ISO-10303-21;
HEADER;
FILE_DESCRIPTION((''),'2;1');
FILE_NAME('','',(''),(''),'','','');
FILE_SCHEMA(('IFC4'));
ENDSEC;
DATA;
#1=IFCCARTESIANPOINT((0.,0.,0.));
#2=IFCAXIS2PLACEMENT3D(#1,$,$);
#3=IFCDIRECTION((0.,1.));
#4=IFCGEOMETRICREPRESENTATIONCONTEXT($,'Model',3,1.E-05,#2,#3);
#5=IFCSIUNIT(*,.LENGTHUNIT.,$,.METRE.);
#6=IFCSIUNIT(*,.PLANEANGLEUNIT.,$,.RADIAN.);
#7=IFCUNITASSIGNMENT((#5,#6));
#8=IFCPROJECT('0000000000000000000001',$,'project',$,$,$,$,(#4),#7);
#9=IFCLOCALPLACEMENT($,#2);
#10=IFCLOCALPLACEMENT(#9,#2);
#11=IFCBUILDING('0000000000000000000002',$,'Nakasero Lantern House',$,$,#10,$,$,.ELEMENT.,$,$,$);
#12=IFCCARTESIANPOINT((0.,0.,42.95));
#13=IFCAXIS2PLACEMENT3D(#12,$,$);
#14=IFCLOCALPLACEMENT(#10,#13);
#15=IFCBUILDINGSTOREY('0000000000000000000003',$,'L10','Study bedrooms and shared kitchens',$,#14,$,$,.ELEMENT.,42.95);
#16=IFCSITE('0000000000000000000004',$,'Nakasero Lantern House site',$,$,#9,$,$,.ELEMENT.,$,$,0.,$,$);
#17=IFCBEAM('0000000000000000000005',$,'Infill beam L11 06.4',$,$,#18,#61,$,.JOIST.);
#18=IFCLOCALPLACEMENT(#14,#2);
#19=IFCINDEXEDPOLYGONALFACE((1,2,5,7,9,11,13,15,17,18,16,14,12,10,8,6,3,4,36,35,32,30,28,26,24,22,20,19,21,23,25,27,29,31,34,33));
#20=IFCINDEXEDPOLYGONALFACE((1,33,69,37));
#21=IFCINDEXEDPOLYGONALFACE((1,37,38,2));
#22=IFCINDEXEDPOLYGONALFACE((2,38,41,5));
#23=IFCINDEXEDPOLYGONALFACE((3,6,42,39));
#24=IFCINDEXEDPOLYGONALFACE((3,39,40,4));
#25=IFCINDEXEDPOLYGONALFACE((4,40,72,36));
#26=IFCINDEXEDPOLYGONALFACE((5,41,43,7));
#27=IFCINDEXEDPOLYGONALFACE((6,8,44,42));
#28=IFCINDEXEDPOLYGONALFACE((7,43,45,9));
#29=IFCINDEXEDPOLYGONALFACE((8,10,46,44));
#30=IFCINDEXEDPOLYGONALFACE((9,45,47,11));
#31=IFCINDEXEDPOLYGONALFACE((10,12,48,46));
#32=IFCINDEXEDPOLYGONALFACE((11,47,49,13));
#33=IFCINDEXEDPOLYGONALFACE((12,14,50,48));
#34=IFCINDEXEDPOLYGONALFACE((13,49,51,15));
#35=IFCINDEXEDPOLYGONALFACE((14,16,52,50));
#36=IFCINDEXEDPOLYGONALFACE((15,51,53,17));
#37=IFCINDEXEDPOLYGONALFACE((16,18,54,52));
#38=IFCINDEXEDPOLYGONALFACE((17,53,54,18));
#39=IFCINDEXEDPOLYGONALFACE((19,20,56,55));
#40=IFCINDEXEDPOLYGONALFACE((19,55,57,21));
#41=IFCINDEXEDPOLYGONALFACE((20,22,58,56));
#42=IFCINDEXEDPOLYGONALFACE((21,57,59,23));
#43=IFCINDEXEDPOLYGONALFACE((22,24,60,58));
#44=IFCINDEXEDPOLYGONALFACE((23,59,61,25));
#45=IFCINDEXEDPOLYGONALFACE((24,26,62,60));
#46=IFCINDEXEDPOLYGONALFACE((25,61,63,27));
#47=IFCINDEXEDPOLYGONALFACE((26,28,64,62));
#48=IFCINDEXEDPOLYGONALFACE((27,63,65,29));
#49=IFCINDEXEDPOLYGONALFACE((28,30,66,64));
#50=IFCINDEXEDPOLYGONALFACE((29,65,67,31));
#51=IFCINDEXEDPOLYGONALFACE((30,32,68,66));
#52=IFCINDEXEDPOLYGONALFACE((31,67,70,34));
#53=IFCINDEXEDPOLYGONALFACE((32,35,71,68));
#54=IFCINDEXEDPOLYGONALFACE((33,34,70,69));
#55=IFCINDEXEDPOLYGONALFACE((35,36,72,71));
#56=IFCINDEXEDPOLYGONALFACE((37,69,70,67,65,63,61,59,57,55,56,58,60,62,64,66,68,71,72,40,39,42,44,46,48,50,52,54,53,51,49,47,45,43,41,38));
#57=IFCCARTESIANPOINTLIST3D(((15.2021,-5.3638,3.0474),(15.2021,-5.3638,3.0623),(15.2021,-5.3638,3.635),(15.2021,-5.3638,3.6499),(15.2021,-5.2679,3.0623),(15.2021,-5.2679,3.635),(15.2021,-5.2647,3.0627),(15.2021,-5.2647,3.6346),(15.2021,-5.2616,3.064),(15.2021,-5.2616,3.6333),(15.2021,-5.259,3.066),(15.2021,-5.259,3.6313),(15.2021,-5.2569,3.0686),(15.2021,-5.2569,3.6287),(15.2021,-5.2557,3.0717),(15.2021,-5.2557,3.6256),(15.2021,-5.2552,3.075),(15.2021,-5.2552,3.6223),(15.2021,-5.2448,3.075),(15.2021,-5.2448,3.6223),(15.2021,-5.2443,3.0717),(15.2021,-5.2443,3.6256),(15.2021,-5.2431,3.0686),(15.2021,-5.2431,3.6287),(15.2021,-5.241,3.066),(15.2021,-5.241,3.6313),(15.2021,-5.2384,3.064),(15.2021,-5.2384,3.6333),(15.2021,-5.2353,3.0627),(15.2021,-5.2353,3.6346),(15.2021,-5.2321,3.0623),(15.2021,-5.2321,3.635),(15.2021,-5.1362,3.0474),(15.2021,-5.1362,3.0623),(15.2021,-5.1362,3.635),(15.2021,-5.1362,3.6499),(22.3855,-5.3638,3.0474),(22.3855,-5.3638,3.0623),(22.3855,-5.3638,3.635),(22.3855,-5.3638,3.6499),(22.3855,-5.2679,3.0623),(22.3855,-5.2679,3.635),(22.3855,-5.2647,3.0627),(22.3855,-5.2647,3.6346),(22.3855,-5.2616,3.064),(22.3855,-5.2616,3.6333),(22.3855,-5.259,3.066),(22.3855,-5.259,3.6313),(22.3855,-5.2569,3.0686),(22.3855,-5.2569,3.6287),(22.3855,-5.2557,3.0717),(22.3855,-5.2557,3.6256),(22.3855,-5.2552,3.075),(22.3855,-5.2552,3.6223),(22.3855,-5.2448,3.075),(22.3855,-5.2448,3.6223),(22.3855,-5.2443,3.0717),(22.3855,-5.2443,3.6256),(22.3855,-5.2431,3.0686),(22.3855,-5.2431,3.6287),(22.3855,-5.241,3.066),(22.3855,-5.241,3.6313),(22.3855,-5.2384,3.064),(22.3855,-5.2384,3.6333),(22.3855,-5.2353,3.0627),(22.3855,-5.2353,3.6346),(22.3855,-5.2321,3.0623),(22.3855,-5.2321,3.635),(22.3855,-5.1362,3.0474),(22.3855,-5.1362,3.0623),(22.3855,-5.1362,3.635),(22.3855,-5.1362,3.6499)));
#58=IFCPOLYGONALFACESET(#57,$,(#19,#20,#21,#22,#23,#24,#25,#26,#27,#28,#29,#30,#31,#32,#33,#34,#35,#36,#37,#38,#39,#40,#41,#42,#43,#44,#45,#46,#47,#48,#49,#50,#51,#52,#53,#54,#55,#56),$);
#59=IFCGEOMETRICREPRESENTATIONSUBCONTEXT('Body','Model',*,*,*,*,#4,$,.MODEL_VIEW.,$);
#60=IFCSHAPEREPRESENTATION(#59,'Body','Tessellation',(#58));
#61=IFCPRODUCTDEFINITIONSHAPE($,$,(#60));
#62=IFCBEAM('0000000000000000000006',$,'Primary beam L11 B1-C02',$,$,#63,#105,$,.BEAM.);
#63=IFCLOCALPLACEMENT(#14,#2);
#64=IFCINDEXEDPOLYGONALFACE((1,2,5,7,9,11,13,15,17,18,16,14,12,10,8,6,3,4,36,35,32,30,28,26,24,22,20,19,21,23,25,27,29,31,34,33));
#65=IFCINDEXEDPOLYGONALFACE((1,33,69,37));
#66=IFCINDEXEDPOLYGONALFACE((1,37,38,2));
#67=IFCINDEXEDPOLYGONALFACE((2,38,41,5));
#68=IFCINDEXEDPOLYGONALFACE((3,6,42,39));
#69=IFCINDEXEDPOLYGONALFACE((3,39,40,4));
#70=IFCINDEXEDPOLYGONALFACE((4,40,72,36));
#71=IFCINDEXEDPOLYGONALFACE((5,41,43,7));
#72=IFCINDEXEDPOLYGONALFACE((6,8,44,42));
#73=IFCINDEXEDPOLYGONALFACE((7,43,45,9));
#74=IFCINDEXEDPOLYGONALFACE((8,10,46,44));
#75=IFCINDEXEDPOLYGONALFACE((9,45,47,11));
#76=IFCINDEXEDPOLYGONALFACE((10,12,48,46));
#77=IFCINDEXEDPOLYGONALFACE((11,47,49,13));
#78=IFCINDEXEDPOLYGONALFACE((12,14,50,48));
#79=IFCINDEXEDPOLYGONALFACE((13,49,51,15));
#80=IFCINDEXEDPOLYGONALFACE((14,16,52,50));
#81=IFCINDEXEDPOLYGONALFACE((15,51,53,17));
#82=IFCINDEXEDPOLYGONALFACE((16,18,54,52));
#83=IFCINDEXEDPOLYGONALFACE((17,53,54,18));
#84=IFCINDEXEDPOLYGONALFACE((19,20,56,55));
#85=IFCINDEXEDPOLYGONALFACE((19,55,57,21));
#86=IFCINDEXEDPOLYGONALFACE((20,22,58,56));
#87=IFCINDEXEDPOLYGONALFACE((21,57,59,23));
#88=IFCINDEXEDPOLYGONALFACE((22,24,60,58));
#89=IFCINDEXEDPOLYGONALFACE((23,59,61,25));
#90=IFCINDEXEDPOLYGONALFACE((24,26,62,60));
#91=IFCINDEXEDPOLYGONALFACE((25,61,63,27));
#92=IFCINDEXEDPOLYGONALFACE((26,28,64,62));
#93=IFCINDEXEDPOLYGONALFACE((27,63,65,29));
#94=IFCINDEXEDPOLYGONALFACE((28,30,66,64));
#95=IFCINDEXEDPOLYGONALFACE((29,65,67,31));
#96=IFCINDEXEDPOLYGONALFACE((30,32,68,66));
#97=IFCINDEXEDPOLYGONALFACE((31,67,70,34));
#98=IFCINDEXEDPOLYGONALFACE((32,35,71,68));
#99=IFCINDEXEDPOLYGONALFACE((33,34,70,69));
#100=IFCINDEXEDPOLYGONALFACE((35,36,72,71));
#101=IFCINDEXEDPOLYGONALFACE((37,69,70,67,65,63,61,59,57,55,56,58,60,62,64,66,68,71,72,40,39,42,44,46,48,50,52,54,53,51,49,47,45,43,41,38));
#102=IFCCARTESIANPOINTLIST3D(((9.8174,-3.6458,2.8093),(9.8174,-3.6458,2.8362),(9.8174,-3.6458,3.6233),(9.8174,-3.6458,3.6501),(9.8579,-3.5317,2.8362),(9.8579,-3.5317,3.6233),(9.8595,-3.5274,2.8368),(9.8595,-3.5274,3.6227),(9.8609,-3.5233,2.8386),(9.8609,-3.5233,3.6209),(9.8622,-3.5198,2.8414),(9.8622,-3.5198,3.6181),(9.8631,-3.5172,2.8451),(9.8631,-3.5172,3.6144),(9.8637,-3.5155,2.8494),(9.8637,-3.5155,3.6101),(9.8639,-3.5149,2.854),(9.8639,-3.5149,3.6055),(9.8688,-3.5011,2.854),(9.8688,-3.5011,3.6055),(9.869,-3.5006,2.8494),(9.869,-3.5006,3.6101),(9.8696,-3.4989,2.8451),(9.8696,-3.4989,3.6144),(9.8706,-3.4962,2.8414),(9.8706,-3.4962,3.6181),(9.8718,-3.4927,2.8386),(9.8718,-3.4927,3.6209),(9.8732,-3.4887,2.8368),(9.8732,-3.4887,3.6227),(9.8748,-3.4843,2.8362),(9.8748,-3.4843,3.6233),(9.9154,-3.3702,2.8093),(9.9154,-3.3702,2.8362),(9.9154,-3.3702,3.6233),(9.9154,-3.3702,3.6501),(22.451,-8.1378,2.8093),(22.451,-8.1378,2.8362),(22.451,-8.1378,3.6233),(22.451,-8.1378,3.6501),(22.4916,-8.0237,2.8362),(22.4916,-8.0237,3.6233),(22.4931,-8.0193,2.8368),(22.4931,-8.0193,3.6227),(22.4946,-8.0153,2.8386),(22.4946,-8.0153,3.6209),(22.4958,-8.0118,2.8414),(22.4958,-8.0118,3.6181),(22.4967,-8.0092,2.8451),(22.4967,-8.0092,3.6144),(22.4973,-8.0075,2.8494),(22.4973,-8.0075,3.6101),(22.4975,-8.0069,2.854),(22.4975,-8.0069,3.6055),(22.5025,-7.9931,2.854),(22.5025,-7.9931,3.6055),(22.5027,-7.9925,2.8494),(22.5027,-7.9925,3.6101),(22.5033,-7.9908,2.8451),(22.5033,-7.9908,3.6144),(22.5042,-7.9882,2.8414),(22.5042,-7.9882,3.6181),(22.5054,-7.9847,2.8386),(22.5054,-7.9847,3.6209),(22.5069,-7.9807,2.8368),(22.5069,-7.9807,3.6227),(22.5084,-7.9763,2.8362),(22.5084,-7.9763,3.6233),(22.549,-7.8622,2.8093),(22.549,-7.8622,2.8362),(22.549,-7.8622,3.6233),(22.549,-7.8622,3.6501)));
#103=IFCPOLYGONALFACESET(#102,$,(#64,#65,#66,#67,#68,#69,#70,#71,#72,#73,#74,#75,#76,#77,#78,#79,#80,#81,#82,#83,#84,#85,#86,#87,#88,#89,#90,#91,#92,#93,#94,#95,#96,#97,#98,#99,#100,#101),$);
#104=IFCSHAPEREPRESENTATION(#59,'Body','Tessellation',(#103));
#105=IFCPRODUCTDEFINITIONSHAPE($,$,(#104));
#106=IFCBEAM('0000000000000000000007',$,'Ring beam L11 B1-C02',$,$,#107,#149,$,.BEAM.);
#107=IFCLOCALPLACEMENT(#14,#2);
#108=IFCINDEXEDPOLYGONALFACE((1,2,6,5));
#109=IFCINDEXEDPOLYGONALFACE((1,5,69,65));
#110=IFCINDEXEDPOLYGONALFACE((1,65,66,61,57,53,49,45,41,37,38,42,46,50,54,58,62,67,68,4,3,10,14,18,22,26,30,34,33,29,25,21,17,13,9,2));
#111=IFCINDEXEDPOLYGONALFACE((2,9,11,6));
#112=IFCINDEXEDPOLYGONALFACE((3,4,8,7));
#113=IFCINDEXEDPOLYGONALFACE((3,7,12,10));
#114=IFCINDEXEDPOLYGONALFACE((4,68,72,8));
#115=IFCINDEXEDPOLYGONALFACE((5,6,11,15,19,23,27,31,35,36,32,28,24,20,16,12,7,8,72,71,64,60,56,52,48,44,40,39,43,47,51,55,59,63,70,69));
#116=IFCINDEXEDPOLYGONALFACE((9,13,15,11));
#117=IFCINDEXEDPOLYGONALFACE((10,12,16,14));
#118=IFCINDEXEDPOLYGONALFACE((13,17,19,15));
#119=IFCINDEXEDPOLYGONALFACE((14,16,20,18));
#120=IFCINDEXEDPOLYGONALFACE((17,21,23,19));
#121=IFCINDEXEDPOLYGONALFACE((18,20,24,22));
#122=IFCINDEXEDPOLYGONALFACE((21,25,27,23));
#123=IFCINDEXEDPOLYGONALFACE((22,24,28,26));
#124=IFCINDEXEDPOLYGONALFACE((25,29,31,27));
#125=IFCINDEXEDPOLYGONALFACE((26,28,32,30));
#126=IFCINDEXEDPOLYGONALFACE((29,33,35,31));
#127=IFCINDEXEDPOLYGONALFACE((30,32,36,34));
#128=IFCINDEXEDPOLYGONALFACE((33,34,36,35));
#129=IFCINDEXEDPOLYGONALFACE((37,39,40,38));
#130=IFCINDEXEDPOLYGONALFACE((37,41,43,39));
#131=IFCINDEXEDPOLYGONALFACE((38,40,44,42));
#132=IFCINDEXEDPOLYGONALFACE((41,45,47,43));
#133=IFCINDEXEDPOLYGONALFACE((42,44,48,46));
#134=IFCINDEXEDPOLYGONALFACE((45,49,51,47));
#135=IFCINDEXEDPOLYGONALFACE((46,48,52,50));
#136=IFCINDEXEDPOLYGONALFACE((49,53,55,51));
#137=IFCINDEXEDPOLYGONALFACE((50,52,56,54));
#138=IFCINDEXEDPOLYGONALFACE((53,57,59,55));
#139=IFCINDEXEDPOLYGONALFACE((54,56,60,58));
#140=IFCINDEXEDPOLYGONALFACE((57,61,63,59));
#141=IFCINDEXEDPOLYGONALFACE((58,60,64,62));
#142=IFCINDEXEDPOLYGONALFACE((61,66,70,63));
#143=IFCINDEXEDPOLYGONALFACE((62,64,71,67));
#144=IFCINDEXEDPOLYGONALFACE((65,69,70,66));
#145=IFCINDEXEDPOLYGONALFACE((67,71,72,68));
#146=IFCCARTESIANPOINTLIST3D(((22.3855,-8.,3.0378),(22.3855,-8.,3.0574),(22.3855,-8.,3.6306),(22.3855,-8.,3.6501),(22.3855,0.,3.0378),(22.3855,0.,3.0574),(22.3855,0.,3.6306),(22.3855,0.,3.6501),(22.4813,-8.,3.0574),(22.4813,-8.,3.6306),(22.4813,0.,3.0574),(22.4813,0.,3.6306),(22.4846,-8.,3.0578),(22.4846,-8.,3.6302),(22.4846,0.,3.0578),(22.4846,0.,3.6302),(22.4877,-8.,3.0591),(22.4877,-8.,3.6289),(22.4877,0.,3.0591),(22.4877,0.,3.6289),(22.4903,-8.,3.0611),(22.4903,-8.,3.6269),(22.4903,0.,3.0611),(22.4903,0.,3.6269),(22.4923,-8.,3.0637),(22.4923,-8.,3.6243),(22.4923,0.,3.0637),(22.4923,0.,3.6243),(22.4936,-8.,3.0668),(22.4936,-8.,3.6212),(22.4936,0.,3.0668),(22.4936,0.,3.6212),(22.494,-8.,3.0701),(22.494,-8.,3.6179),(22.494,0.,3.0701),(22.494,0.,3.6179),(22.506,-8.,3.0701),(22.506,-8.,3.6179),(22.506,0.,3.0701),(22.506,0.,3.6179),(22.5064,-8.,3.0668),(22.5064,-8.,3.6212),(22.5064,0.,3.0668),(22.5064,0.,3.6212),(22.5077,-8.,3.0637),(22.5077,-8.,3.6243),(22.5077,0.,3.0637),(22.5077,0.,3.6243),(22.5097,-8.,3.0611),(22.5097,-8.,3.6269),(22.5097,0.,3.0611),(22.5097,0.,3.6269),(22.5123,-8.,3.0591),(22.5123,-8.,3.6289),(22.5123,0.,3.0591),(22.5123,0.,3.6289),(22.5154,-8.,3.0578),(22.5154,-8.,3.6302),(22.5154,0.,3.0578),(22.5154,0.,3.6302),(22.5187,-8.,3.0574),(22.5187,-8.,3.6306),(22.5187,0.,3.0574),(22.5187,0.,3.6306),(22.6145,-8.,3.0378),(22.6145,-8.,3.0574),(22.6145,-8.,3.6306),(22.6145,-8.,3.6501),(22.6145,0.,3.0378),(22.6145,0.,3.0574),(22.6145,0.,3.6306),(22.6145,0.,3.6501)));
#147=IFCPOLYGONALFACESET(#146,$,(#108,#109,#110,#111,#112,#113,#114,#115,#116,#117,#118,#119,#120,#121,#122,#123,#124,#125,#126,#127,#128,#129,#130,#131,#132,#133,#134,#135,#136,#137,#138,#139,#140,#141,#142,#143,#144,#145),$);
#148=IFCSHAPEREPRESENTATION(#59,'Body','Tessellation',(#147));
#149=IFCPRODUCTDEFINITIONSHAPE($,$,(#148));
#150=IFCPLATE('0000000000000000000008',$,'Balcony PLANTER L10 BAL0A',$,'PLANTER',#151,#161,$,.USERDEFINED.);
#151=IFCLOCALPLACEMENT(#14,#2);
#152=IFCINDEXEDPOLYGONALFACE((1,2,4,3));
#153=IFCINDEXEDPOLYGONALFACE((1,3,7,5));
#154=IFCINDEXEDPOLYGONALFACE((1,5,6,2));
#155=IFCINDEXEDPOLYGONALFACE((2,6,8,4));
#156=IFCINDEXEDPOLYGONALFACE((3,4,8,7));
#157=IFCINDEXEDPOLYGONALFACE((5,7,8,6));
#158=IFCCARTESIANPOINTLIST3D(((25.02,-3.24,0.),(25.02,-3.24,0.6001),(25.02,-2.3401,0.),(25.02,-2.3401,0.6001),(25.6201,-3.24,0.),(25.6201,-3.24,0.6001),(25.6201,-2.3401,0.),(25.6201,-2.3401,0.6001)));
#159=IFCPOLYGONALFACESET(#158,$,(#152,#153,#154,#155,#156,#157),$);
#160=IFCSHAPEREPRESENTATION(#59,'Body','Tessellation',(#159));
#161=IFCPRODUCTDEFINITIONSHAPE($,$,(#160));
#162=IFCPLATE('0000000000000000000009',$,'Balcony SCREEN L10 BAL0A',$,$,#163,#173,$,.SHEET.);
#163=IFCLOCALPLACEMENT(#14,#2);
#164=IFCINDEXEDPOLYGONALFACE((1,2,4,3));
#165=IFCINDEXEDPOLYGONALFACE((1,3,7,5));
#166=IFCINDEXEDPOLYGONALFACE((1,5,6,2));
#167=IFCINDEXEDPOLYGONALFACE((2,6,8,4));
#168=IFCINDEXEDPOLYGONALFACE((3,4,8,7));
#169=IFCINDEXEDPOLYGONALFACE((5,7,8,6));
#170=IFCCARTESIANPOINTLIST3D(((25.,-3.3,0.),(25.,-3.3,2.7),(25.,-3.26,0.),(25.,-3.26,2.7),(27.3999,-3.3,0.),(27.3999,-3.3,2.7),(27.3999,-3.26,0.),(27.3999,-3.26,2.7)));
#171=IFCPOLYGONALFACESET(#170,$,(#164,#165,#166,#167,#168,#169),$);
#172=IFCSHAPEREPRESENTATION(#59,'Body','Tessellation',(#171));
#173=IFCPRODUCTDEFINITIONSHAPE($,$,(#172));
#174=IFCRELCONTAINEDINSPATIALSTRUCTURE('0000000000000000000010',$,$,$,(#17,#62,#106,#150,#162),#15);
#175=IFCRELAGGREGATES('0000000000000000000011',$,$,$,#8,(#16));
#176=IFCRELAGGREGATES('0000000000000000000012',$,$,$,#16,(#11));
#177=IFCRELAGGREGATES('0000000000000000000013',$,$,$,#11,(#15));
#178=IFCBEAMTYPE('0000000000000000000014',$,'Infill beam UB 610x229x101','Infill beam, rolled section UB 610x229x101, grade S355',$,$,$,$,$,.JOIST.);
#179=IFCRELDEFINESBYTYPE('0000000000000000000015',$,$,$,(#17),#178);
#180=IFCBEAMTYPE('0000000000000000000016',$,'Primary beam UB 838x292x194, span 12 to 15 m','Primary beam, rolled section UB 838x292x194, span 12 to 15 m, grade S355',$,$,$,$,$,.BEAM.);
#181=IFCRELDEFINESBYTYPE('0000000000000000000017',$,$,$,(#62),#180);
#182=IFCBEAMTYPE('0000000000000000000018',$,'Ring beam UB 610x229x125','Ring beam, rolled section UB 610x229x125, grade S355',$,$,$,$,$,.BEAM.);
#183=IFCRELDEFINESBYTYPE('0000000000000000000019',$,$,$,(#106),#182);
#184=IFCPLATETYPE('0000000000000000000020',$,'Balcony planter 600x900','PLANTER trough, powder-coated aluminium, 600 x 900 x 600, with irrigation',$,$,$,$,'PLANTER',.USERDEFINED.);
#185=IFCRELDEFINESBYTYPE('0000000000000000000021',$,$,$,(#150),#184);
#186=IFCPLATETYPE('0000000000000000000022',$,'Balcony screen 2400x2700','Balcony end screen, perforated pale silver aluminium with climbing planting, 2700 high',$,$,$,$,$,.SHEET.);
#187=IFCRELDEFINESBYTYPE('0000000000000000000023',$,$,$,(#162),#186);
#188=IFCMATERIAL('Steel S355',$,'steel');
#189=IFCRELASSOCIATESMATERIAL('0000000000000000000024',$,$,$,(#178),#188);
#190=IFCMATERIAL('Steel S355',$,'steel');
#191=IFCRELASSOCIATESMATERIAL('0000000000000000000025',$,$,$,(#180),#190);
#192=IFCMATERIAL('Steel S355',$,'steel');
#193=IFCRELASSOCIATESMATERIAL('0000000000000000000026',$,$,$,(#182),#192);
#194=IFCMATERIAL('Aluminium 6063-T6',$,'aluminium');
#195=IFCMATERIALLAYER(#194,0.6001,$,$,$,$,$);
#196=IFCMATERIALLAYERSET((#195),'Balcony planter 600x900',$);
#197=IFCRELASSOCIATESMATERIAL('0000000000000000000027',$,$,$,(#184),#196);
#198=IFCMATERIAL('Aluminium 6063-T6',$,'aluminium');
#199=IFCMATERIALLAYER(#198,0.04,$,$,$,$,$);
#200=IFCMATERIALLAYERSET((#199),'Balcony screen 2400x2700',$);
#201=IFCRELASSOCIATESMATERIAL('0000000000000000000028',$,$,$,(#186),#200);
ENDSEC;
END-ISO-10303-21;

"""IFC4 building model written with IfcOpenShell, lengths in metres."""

from ifc_helpers import new_model, si_unit, direction, frame, origin, origin_2d, place, context, subcontext, project, spatial, rectangle, i_section, extrude, material, layer, layer_set, material_profile, profile_set, type_object, element, save


model = new_model("IFC4")

# Units and contexts
model_context = context("Model", 3, precision=1e-05, world=origin(), true_north=direction((0.0, 1.0)))
body_context = subcontext(model_context, "Body", "Model", "MODEL_VIEW")
ifc_project = project(units=[si_unit("LENGTHUNIT", "METRE"), si_unit("PLANEANGLEUNIT", "RADIAN")], contexts=[model_context])

# Site, building, storey
site_placement = place(None, origin())
site = spatial("IfcSite", under=ifc_project, at=site_placement, Name="Nakasero Lantern House site", CompositionType="ELEMENT", RefElevation=0.0)
building_placement = place(site_placement, origin())
building = spatial("IfcBuilding", under=site, at=building_placement, Name="Nakasero Lantern House", CompositionType="ELEMENT")
storey_placement = place(building_placement, frame((0.0, 0.0, 42.95)))
storey = spatial("IfcBuildingStorey", under=building, at=storey_placement, Name="L10", Description="Study bedrooms and shared kitchens", CompositionType="ELEMENT", Elevation=42.95)

# Beams
ifc_material_1 = material(Name="Steel S355", Category="steel")
ifc_material_profile_1 = material_profile(ifc_material_1, i_section(OverallWidth=0.2275, OverallDepth=0.6025, WebThickness=0.0105, FlangeThickness=0.0149, FilletRadius=0.0127, at=origin_2d()), Name="UB 610x229x101")
ifc_profile_set_1 = profile_set([ifc_material_profile_1], Name="Steel S355")
beam_type_1 = type_object("IfcBeamType", Name="Infill beam UB 610x229x101", Description="Infill beam, rolled section UB 610x229x101, grade S355", PredefinedType="JOIST", material=ifc_profile_set_1)
beam_1_placement = place(storey_placement, frame((15.2021, -5.25, 3.3486), z_axis=(1.0, 0.0, 0.0), x_axis=(0.0, 1.0, 0.0)))
element("IfcBeam", 1, at=beam_1_placement, inside=storey, type_object=beam_type_1, Name="Infill beam L11 06.4", PredefinedType="JOIST", context=body_context, shape_type="SweptSolid", body=[
    extrude(i_section(OverallWidth=0.2275, OverallDepth=0.6025, WebThickness=0.0105, FlangeThickness=0.0149, FilletRadius=0.0127, at=origin_2d()), origin(), (0.0, 0.0, 1.0), 7.1833),
])
ifc_material_2 = material(Name="Steel S355", Category="steel")
ifc_material_profile_2 = material_profile(ifc_material_2, i_section(OverallWidth=0.2925, OverallDepth=0.8408, WebThickness=0.0146, FlangeThickness=0.0269, FilletRadius=0.0178, at=origin_2d()), Name="UB 838x292x194")
ifc_profile_set_2 = profile_set([ifc_material_profile_2], Name="Steel S355")
beam_type_2 = type_object("IfcBeamType", Name="Primary beam UB 838x292x194, span 12 to 15 m", Description="Primary beam, rolled section UB 838x292x194, span 12 to 15 m, grade S355", PredefinedType="BEAM", material=ifc_profile_set_2)
beam_2_placement = place(storey_placement, frame((22.5, -8.0, 3.2297), z_axis=(-0.942214, 0.335011, 0.0), x_axis=(-0.335011, -0.942214, 0.0)))
element("IfcBeam", 2, at=beam_2_placement, inside=storey, type_object=beam_type_2, Name="Primary beam L11 B1-C02", PredefinedType="BEAM", context=body_context, shape_type="SweptSolid", body=[
    extrude(i_section(OverallWidth=0.2925, OverallDepth=0.8408, WebThickness=0.0146, FlangeThickness=0.0269, FilletRadius=0.0178, at=origin_2d()), origin(), (0.0, 0.0, 1.0), 13.4084),
])
ifc_material_3 = material(Name="Steel S355", Category="steel")
ifc_material_profile_3 = material_profile(ifc_material_3, i_section(OverallWidth=0.229, OverallDepth=0.6123, WebThickness=0.012, FlangeThickness=0.0195, FilletRadius=0.0127, at=origin_2d()), Name="UB 610x229x125")
ifc_profile_set_3 = profile_set([ifc_material_profile_3], Name="Steel S355")
beam_type_3 = type_object("IfcBeamType", Name="Ring beam UB 610x229x125", Description="Ring beam, rolled section UB 610x229x125, grade S355", PredefinedType="BEAM", material=ifc_profile_set_3)
beam_3_placement = place(storey_placement, frame((22.5, -8.0, 3.344), z_axis=(0.0, 1.0, 0.0), x_axis=(-1.0, 0.0, 0.0)))
element("IfcBeam", 3, at=beam_3_placement, inside=storey, type_object=beam_type_3, Name="Ring beam L11 B1-C02", PredefinedType="BEAM", context=body_context, shape_type="SweptSolid", body=[
    extrude(i_section(OverallWidth=0.229, OverallDepth=0.6123, WebThickness=0.012, FlangeThickness=0.0195, FilletRadius=0.0127, at=origin_2d()), origin(), (0.0, 0.0, 1.0), 8.0),
])

# Plates
ifc_material_4 = material(Name="Aluminium 6063-T6", Category="aluminium")
ifc_layer_1 = layer(ifc_material_4, 0.6001)
ifc_layer_set_1 = layer_set([ifc_layer_1], Name="Balcony planter 600x900")
plate_type_1 = type_object("IfcPlateType", Name="Balcony planter 600x900", Description="PLANTER trough, powder-coated aluminium, 600 x 900 x 600, with irrigation", ElementType="PLANTER", PredefinedType="USERDEFINED", material=ifc_layer_set_1)
plate_1_placement = place(storey_placement, frame((25.3201, -2.79, 0.0), z_axis=(0.0, 0.0, 1.0), x_axis=(1.0, 0.0, 0.0)))
element("IfcPlate", 4, at=plate_1_placement, inside=storey, type_object=plate_type_1, Name="Balcony PLANTER L10 BAL0A", ObjectType="PLANTER", PredefinedType="USERDEFINED", context=body_context, shape_type="SweptSolid", body=[
    extrude(rectangle(XDim=0.6001, YDim=0.8999, at=origin_2d()), origin(), (0.0, 0.0, 1.0), 0.6001),
])
ifc_material_5 = material(Name="Aluminium 6063-T6", Category="aluminium")
ifc_layer_2 = layer(ifc_material_5, 0.04)
ifc_layer_set_2 = layer_set([ifc_layer_2], Name="Balcony screen 2400x2700")
plate_type_2 = type_object("IfcPlateType", Name="Balcony screen 2400x2700", Description="Balcony end screen, perforated pale silver aluminium with climbing planting, 2700 high", PredefinedType="SHEET", material=ifc_layer_set_2)
plate_2_placement = place(storey_placement, frame((26.2, -3.28, 0.0), z_axis=(0.0, 0.0, 1.0), x_axis=(1.0, 0.0, 0.0)))
element("IfcPlate", 5, at=plate_2_placement, inside=storey, type_object=plate_type_2, Name="Balcony SCREEN L10 BAL0A", PredefinedType="SHEET", context=body_context, shape_type="SweptSolid", body=[
    extrude(rectangle(XDim=2.3999, YDim=0.04, at=origin_2d()), origin(), (0.0, 0.0, 1.0), 2.7),
])

save(model, "model.ifc")
